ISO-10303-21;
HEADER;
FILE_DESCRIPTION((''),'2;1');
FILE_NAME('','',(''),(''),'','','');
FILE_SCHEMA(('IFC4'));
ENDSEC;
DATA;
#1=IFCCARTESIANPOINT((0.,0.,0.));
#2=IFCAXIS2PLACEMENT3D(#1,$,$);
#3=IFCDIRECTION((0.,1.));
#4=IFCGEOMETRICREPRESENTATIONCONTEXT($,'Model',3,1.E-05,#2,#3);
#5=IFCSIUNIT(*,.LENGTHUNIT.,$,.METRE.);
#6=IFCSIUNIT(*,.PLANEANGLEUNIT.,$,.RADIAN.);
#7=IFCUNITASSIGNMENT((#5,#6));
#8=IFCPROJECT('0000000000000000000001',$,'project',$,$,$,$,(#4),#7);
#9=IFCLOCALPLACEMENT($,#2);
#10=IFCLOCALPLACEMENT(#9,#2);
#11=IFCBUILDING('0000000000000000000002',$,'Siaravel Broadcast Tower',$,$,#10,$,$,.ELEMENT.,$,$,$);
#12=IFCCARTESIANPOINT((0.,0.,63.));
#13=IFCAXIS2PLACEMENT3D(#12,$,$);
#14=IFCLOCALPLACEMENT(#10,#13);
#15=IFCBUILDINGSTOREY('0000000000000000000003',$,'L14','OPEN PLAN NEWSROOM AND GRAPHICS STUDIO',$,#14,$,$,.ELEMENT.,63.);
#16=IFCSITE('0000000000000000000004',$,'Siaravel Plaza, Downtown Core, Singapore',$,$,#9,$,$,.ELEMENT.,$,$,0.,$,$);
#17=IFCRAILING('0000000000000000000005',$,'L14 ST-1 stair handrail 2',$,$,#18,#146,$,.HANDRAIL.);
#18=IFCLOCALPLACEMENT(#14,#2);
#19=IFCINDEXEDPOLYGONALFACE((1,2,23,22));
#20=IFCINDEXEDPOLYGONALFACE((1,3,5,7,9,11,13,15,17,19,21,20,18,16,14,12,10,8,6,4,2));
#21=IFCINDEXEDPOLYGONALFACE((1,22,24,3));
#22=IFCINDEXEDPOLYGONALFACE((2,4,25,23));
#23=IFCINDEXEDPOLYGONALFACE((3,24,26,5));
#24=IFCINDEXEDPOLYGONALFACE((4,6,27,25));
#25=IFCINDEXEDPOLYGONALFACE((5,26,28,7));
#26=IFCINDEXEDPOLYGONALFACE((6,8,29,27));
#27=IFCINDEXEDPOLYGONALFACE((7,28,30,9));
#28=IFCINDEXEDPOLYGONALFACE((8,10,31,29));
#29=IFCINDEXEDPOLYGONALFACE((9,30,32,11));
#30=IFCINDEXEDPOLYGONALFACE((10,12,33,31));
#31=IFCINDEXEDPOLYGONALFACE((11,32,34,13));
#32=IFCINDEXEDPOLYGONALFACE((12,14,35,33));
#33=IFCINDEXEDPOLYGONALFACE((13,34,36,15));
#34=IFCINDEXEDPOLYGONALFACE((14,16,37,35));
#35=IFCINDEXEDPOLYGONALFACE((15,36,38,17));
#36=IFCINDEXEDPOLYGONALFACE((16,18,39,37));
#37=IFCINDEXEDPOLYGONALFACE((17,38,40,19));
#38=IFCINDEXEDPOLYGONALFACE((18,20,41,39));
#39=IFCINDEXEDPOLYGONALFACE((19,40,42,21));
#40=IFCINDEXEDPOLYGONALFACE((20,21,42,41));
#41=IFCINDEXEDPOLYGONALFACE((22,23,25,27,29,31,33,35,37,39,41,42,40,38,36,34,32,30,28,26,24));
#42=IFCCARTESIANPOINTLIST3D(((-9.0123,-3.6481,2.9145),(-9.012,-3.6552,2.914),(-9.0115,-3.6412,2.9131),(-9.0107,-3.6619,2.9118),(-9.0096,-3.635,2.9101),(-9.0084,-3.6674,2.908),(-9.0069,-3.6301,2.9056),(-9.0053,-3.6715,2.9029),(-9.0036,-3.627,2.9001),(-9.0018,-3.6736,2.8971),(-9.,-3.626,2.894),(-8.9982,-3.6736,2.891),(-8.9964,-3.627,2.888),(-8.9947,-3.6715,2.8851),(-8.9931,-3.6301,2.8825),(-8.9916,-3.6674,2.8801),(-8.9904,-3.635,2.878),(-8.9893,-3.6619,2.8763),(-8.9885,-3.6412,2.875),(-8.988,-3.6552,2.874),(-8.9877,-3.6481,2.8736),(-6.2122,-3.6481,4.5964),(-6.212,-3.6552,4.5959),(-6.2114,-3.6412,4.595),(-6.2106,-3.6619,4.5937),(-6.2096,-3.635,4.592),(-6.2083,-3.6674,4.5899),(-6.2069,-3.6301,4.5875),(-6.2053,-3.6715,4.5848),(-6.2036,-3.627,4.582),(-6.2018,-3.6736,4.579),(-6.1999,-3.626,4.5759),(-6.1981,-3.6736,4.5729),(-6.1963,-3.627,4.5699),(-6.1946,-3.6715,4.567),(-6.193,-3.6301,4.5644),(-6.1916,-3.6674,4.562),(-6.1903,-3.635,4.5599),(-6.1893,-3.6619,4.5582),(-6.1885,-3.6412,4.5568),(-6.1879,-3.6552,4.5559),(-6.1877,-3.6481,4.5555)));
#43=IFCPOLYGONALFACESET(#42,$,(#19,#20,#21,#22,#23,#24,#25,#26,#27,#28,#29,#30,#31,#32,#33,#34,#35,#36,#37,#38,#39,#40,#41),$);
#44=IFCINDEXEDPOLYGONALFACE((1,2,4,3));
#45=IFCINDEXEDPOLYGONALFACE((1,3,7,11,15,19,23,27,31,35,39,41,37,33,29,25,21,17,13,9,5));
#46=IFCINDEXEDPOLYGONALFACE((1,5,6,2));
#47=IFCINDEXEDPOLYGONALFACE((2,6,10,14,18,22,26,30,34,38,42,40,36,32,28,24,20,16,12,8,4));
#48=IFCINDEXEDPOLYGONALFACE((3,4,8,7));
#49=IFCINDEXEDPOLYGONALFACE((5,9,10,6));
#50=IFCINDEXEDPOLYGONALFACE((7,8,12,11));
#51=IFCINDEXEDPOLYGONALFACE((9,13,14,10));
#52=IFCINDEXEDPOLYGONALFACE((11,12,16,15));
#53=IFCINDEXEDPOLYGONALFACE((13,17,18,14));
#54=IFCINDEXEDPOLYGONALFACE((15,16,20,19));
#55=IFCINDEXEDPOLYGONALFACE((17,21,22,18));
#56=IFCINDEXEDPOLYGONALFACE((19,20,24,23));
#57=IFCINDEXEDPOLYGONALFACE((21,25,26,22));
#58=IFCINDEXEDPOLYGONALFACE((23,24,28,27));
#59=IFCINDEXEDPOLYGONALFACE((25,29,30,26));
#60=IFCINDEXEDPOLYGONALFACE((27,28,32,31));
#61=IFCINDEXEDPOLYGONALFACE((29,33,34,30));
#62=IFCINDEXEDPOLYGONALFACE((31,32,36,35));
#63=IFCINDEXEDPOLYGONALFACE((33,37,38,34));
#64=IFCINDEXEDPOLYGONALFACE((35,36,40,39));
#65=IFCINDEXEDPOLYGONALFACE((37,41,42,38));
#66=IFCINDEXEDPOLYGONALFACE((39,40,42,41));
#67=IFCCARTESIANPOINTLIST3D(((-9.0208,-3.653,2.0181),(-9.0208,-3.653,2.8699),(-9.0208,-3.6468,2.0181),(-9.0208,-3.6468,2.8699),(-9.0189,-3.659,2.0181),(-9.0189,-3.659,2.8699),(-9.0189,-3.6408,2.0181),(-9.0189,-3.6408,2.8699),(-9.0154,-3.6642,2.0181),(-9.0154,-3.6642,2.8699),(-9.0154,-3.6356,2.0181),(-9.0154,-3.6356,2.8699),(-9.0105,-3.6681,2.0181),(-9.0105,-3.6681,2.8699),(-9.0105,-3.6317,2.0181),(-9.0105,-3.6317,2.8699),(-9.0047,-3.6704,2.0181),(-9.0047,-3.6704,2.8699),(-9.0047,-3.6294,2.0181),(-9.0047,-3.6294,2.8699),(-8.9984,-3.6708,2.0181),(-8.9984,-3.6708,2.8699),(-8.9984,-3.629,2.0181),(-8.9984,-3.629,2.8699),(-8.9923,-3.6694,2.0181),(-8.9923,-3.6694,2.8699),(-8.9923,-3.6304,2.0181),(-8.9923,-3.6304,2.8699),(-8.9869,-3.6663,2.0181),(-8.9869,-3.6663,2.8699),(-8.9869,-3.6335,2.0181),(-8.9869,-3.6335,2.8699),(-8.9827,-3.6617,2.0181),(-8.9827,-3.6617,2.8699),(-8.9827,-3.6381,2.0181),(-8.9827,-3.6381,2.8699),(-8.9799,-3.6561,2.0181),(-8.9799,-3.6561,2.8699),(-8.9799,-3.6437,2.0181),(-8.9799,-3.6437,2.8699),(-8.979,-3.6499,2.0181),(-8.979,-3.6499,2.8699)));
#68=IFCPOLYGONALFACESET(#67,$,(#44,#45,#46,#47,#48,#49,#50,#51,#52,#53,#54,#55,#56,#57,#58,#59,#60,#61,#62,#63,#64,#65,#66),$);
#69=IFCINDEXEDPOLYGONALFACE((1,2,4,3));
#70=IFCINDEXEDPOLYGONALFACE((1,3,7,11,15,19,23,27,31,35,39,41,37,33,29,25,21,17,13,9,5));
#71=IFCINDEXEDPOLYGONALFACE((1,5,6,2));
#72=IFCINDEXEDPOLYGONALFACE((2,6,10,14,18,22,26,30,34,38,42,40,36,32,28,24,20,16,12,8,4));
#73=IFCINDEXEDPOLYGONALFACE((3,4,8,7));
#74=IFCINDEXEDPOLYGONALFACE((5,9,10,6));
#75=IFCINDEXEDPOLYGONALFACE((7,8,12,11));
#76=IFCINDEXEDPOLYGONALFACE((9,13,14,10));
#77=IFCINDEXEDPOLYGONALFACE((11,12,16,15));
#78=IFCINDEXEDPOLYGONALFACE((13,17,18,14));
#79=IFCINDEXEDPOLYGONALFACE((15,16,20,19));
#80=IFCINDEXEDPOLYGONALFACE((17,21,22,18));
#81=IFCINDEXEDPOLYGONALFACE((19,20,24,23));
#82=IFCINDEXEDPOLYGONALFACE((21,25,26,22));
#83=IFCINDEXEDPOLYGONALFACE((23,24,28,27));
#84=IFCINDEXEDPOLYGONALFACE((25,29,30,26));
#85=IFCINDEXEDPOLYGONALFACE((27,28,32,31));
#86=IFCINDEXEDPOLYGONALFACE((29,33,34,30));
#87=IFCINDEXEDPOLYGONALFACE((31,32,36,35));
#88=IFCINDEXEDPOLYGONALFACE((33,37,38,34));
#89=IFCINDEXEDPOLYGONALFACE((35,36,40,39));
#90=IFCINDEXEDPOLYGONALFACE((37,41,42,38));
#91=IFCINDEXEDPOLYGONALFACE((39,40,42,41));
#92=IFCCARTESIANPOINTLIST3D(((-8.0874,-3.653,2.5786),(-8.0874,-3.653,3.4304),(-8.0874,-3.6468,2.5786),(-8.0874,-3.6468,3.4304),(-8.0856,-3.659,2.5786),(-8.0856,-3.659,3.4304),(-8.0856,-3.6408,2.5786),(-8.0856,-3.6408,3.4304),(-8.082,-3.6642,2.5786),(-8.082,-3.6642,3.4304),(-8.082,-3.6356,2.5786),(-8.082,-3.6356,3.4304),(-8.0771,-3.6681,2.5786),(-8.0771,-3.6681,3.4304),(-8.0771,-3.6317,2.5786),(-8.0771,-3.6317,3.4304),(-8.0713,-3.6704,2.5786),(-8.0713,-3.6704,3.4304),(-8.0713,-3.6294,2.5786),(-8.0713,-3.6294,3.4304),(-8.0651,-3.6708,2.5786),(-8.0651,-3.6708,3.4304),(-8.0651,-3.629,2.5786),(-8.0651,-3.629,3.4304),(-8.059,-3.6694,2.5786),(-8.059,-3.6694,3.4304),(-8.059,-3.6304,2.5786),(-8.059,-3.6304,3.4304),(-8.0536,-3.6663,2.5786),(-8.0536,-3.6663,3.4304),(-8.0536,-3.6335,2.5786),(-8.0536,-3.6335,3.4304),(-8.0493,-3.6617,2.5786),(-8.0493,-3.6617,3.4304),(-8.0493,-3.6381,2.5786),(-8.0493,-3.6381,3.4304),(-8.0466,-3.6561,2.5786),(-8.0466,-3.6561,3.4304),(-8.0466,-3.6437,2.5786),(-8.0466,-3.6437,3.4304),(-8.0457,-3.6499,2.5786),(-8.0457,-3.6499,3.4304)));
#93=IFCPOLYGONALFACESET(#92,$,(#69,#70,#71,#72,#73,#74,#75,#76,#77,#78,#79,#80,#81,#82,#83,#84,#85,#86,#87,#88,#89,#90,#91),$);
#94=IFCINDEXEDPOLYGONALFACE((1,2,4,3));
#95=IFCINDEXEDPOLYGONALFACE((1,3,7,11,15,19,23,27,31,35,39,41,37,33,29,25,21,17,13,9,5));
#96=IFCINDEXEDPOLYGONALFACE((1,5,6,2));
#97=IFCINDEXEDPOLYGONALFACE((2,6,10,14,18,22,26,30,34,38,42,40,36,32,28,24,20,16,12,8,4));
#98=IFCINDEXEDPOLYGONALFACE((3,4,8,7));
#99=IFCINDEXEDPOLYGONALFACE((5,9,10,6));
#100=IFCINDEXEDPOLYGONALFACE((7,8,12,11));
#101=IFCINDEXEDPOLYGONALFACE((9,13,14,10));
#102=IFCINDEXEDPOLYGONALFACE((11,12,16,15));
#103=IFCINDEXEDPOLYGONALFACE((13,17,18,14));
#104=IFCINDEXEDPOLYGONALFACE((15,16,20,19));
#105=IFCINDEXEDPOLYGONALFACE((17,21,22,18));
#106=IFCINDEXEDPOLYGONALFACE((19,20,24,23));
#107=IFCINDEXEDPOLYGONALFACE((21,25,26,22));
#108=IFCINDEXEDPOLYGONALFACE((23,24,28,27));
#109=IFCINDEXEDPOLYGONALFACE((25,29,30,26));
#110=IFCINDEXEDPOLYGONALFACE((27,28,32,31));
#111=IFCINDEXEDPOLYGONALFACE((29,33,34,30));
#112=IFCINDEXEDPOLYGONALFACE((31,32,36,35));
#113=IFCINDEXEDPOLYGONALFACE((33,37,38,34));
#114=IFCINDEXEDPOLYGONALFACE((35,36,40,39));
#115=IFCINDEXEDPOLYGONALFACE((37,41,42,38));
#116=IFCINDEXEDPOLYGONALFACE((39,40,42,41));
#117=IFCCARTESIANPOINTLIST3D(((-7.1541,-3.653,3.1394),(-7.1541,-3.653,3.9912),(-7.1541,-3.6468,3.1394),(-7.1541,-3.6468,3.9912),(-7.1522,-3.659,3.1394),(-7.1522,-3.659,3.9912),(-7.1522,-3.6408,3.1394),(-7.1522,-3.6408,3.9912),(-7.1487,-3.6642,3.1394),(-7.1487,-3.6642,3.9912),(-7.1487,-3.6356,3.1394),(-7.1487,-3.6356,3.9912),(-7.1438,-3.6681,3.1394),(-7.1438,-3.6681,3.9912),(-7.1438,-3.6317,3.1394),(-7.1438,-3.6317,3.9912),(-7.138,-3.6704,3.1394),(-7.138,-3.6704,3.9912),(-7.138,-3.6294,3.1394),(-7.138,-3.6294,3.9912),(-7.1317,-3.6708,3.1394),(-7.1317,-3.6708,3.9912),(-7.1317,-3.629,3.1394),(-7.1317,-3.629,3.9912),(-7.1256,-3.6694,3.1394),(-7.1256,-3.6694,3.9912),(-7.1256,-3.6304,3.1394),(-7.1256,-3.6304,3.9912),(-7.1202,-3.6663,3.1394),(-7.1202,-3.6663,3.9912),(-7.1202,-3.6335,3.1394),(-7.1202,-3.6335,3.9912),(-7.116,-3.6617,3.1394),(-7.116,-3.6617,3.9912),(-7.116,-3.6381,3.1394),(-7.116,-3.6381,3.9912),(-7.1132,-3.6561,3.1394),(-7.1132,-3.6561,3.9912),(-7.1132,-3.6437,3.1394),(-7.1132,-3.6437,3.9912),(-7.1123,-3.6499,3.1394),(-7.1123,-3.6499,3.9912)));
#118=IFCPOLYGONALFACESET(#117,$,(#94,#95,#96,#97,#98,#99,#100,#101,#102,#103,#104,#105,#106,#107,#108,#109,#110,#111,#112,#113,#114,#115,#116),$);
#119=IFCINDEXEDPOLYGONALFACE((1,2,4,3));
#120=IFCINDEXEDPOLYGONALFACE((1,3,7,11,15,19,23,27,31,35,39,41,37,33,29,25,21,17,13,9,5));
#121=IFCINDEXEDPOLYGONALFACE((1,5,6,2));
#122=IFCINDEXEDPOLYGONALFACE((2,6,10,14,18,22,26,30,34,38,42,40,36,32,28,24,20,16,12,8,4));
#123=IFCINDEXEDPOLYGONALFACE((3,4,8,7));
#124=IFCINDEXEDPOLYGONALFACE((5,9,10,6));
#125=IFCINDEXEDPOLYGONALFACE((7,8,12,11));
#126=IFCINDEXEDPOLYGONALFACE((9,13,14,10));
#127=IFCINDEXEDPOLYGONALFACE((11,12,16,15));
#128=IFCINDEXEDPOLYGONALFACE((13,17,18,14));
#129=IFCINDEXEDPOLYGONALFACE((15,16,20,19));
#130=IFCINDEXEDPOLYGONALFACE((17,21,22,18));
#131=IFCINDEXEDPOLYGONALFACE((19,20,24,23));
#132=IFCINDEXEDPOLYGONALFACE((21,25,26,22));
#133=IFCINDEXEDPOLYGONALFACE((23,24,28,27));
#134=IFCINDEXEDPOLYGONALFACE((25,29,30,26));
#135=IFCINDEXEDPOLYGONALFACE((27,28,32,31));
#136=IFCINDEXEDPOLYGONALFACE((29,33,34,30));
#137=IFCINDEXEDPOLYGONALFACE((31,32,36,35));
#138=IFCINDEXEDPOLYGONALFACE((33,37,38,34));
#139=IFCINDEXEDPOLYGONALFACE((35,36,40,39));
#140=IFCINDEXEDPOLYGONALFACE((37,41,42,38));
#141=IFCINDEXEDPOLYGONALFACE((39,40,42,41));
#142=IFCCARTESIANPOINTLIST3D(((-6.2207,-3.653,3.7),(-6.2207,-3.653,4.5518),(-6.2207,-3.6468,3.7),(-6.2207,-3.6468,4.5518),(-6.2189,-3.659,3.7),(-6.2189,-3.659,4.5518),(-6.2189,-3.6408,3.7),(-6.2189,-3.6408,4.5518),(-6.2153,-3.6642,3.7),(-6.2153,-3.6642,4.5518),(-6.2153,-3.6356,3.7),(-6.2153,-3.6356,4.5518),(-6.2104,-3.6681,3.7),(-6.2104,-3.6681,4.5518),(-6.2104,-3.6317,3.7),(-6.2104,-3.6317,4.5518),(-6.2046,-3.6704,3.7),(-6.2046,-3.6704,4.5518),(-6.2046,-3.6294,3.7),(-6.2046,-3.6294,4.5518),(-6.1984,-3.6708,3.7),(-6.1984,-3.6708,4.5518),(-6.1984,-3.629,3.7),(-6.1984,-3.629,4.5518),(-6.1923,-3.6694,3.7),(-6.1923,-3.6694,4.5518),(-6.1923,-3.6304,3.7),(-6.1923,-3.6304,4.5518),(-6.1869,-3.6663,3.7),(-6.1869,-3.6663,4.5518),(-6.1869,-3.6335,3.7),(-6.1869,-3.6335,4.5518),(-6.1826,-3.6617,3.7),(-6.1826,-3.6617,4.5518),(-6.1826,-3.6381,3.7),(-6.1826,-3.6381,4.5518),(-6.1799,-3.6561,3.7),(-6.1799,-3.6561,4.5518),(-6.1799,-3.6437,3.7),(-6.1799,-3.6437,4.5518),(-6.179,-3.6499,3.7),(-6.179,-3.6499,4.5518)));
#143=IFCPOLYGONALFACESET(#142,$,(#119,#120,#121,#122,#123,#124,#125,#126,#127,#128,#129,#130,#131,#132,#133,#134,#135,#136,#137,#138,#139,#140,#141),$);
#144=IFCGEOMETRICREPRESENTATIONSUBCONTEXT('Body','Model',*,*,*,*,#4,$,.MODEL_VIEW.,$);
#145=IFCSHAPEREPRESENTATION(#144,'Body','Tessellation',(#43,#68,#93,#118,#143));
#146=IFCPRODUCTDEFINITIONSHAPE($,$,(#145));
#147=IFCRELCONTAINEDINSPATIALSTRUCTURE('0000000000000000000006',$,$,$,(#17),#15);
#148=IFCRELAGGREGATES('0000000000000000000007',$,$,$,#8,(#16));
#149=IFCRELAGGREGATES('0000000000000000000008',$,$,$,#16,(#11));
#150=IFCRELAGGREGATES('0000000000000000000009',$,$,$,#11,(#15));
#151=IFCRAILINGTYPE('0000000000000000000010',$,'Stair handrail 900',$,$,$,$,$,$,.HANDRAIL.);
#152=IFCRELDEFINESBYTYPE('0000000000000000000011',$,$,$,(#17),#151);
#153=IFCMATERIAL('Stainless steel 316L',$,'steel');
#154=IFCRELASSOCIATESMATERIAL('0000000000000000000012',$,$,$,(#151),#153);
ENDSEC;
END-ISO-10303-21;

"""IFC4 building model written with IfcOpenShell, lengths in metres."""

from ifc_helpers import new_model, si_unit, direction, frame, origin, origin_2d, place, context, subcontext, project, spatial, circle, extrude, material, type_object, element, save


model = new_model("IFC4")

# Units and contexts
model_context = context("Model", 3, precision=1e-05, world=origin(), true_north=direction((0.0, 1.0)))
body_context = subcontext(model_context, "Body", "Model", "MODEL_VIEW")
ifc_project = project(units=[si_unit("LENGTHUNIT", "METRE"), si_unit("PLANEANGLEUNIT", "RADIAN")], contexts=[model_context])

# Site, building, storey
site_placement = place(None, origin())
site = spatial("IfcSite", under=ifc_project, at=site_placement, Name="Siaravel Plaza, Downtown Core, Singapore", CompositionType="ELEMENT", RefElevation=0.0)
building_placement = place(site_placement, origin())
building = spatial("IfcBuilding", under=site, at=building_placement, Name="Siaravel Broadcast Tower", CompositionType="ELEMENT")
storey_placement = place(building_placement, frame((0.0, 0.0, 63.0)))
storey = spatial("IfcBuildingStorey", under=building, at=storey_placement, Name="L14", Description="OPEN PLAN NEWSROOM AND GRAPHICS STUDIO", CompositionType="ELEMENT", Elevation=63.0)

# Railing
ifc_material_1 = material(Name="Stainless steel 316L", Category="steel")
railing_type_1 = type_object("IfcRailingType", Name="Stair handrail 900", PredefinedType="HANDRAIL", material=ifc_material_1)
railing_1_placement = place(storey_placement, frame((-9.0, -3.6499, 2.0181)))
element("IfcRailing", 1, at=railing_1_placement, inside=storey, type_object=railing_type_1, Name="L14 ST-1 stair handrail 2", PredefinedType="HANDRAIL", context=body_context, shape_type="SweptSolid", body=[
    extrude(circle(Radius=0.0239, at=origin_2d()), frame((0.0, 0.0, 0.876), z_axis=(0.857242, 0.0, 0.514913), x_axis=(0.0, 1.0, 0.0)), (0.0, 0.0, 1.0), 3.2664),
    extrude(circle(Radius=0.021, at=origin_2d()), origin(), (0.0, 0.0, 1.0), 0.8518),
    extrude(circle(Radius=0.021, at=origin_2d()), frame((0.9333, 0.0, 0.5605)), (0.0, 0.0, 1.0), 0.8518),
    extrude(circle(Radius=0.021, at=origin_2d()), frame((1.8667, 0.0, 1.1213)), (0.0, 0.0, 1.0), 0.8518),
    extrude(circle(Radius=0.021, at=origin_2d()), frame((2.8, 0.0, 1.6819)), (0.0, 0.0, 1.0), 0.8518),
])

save(model, "model.ifc")
